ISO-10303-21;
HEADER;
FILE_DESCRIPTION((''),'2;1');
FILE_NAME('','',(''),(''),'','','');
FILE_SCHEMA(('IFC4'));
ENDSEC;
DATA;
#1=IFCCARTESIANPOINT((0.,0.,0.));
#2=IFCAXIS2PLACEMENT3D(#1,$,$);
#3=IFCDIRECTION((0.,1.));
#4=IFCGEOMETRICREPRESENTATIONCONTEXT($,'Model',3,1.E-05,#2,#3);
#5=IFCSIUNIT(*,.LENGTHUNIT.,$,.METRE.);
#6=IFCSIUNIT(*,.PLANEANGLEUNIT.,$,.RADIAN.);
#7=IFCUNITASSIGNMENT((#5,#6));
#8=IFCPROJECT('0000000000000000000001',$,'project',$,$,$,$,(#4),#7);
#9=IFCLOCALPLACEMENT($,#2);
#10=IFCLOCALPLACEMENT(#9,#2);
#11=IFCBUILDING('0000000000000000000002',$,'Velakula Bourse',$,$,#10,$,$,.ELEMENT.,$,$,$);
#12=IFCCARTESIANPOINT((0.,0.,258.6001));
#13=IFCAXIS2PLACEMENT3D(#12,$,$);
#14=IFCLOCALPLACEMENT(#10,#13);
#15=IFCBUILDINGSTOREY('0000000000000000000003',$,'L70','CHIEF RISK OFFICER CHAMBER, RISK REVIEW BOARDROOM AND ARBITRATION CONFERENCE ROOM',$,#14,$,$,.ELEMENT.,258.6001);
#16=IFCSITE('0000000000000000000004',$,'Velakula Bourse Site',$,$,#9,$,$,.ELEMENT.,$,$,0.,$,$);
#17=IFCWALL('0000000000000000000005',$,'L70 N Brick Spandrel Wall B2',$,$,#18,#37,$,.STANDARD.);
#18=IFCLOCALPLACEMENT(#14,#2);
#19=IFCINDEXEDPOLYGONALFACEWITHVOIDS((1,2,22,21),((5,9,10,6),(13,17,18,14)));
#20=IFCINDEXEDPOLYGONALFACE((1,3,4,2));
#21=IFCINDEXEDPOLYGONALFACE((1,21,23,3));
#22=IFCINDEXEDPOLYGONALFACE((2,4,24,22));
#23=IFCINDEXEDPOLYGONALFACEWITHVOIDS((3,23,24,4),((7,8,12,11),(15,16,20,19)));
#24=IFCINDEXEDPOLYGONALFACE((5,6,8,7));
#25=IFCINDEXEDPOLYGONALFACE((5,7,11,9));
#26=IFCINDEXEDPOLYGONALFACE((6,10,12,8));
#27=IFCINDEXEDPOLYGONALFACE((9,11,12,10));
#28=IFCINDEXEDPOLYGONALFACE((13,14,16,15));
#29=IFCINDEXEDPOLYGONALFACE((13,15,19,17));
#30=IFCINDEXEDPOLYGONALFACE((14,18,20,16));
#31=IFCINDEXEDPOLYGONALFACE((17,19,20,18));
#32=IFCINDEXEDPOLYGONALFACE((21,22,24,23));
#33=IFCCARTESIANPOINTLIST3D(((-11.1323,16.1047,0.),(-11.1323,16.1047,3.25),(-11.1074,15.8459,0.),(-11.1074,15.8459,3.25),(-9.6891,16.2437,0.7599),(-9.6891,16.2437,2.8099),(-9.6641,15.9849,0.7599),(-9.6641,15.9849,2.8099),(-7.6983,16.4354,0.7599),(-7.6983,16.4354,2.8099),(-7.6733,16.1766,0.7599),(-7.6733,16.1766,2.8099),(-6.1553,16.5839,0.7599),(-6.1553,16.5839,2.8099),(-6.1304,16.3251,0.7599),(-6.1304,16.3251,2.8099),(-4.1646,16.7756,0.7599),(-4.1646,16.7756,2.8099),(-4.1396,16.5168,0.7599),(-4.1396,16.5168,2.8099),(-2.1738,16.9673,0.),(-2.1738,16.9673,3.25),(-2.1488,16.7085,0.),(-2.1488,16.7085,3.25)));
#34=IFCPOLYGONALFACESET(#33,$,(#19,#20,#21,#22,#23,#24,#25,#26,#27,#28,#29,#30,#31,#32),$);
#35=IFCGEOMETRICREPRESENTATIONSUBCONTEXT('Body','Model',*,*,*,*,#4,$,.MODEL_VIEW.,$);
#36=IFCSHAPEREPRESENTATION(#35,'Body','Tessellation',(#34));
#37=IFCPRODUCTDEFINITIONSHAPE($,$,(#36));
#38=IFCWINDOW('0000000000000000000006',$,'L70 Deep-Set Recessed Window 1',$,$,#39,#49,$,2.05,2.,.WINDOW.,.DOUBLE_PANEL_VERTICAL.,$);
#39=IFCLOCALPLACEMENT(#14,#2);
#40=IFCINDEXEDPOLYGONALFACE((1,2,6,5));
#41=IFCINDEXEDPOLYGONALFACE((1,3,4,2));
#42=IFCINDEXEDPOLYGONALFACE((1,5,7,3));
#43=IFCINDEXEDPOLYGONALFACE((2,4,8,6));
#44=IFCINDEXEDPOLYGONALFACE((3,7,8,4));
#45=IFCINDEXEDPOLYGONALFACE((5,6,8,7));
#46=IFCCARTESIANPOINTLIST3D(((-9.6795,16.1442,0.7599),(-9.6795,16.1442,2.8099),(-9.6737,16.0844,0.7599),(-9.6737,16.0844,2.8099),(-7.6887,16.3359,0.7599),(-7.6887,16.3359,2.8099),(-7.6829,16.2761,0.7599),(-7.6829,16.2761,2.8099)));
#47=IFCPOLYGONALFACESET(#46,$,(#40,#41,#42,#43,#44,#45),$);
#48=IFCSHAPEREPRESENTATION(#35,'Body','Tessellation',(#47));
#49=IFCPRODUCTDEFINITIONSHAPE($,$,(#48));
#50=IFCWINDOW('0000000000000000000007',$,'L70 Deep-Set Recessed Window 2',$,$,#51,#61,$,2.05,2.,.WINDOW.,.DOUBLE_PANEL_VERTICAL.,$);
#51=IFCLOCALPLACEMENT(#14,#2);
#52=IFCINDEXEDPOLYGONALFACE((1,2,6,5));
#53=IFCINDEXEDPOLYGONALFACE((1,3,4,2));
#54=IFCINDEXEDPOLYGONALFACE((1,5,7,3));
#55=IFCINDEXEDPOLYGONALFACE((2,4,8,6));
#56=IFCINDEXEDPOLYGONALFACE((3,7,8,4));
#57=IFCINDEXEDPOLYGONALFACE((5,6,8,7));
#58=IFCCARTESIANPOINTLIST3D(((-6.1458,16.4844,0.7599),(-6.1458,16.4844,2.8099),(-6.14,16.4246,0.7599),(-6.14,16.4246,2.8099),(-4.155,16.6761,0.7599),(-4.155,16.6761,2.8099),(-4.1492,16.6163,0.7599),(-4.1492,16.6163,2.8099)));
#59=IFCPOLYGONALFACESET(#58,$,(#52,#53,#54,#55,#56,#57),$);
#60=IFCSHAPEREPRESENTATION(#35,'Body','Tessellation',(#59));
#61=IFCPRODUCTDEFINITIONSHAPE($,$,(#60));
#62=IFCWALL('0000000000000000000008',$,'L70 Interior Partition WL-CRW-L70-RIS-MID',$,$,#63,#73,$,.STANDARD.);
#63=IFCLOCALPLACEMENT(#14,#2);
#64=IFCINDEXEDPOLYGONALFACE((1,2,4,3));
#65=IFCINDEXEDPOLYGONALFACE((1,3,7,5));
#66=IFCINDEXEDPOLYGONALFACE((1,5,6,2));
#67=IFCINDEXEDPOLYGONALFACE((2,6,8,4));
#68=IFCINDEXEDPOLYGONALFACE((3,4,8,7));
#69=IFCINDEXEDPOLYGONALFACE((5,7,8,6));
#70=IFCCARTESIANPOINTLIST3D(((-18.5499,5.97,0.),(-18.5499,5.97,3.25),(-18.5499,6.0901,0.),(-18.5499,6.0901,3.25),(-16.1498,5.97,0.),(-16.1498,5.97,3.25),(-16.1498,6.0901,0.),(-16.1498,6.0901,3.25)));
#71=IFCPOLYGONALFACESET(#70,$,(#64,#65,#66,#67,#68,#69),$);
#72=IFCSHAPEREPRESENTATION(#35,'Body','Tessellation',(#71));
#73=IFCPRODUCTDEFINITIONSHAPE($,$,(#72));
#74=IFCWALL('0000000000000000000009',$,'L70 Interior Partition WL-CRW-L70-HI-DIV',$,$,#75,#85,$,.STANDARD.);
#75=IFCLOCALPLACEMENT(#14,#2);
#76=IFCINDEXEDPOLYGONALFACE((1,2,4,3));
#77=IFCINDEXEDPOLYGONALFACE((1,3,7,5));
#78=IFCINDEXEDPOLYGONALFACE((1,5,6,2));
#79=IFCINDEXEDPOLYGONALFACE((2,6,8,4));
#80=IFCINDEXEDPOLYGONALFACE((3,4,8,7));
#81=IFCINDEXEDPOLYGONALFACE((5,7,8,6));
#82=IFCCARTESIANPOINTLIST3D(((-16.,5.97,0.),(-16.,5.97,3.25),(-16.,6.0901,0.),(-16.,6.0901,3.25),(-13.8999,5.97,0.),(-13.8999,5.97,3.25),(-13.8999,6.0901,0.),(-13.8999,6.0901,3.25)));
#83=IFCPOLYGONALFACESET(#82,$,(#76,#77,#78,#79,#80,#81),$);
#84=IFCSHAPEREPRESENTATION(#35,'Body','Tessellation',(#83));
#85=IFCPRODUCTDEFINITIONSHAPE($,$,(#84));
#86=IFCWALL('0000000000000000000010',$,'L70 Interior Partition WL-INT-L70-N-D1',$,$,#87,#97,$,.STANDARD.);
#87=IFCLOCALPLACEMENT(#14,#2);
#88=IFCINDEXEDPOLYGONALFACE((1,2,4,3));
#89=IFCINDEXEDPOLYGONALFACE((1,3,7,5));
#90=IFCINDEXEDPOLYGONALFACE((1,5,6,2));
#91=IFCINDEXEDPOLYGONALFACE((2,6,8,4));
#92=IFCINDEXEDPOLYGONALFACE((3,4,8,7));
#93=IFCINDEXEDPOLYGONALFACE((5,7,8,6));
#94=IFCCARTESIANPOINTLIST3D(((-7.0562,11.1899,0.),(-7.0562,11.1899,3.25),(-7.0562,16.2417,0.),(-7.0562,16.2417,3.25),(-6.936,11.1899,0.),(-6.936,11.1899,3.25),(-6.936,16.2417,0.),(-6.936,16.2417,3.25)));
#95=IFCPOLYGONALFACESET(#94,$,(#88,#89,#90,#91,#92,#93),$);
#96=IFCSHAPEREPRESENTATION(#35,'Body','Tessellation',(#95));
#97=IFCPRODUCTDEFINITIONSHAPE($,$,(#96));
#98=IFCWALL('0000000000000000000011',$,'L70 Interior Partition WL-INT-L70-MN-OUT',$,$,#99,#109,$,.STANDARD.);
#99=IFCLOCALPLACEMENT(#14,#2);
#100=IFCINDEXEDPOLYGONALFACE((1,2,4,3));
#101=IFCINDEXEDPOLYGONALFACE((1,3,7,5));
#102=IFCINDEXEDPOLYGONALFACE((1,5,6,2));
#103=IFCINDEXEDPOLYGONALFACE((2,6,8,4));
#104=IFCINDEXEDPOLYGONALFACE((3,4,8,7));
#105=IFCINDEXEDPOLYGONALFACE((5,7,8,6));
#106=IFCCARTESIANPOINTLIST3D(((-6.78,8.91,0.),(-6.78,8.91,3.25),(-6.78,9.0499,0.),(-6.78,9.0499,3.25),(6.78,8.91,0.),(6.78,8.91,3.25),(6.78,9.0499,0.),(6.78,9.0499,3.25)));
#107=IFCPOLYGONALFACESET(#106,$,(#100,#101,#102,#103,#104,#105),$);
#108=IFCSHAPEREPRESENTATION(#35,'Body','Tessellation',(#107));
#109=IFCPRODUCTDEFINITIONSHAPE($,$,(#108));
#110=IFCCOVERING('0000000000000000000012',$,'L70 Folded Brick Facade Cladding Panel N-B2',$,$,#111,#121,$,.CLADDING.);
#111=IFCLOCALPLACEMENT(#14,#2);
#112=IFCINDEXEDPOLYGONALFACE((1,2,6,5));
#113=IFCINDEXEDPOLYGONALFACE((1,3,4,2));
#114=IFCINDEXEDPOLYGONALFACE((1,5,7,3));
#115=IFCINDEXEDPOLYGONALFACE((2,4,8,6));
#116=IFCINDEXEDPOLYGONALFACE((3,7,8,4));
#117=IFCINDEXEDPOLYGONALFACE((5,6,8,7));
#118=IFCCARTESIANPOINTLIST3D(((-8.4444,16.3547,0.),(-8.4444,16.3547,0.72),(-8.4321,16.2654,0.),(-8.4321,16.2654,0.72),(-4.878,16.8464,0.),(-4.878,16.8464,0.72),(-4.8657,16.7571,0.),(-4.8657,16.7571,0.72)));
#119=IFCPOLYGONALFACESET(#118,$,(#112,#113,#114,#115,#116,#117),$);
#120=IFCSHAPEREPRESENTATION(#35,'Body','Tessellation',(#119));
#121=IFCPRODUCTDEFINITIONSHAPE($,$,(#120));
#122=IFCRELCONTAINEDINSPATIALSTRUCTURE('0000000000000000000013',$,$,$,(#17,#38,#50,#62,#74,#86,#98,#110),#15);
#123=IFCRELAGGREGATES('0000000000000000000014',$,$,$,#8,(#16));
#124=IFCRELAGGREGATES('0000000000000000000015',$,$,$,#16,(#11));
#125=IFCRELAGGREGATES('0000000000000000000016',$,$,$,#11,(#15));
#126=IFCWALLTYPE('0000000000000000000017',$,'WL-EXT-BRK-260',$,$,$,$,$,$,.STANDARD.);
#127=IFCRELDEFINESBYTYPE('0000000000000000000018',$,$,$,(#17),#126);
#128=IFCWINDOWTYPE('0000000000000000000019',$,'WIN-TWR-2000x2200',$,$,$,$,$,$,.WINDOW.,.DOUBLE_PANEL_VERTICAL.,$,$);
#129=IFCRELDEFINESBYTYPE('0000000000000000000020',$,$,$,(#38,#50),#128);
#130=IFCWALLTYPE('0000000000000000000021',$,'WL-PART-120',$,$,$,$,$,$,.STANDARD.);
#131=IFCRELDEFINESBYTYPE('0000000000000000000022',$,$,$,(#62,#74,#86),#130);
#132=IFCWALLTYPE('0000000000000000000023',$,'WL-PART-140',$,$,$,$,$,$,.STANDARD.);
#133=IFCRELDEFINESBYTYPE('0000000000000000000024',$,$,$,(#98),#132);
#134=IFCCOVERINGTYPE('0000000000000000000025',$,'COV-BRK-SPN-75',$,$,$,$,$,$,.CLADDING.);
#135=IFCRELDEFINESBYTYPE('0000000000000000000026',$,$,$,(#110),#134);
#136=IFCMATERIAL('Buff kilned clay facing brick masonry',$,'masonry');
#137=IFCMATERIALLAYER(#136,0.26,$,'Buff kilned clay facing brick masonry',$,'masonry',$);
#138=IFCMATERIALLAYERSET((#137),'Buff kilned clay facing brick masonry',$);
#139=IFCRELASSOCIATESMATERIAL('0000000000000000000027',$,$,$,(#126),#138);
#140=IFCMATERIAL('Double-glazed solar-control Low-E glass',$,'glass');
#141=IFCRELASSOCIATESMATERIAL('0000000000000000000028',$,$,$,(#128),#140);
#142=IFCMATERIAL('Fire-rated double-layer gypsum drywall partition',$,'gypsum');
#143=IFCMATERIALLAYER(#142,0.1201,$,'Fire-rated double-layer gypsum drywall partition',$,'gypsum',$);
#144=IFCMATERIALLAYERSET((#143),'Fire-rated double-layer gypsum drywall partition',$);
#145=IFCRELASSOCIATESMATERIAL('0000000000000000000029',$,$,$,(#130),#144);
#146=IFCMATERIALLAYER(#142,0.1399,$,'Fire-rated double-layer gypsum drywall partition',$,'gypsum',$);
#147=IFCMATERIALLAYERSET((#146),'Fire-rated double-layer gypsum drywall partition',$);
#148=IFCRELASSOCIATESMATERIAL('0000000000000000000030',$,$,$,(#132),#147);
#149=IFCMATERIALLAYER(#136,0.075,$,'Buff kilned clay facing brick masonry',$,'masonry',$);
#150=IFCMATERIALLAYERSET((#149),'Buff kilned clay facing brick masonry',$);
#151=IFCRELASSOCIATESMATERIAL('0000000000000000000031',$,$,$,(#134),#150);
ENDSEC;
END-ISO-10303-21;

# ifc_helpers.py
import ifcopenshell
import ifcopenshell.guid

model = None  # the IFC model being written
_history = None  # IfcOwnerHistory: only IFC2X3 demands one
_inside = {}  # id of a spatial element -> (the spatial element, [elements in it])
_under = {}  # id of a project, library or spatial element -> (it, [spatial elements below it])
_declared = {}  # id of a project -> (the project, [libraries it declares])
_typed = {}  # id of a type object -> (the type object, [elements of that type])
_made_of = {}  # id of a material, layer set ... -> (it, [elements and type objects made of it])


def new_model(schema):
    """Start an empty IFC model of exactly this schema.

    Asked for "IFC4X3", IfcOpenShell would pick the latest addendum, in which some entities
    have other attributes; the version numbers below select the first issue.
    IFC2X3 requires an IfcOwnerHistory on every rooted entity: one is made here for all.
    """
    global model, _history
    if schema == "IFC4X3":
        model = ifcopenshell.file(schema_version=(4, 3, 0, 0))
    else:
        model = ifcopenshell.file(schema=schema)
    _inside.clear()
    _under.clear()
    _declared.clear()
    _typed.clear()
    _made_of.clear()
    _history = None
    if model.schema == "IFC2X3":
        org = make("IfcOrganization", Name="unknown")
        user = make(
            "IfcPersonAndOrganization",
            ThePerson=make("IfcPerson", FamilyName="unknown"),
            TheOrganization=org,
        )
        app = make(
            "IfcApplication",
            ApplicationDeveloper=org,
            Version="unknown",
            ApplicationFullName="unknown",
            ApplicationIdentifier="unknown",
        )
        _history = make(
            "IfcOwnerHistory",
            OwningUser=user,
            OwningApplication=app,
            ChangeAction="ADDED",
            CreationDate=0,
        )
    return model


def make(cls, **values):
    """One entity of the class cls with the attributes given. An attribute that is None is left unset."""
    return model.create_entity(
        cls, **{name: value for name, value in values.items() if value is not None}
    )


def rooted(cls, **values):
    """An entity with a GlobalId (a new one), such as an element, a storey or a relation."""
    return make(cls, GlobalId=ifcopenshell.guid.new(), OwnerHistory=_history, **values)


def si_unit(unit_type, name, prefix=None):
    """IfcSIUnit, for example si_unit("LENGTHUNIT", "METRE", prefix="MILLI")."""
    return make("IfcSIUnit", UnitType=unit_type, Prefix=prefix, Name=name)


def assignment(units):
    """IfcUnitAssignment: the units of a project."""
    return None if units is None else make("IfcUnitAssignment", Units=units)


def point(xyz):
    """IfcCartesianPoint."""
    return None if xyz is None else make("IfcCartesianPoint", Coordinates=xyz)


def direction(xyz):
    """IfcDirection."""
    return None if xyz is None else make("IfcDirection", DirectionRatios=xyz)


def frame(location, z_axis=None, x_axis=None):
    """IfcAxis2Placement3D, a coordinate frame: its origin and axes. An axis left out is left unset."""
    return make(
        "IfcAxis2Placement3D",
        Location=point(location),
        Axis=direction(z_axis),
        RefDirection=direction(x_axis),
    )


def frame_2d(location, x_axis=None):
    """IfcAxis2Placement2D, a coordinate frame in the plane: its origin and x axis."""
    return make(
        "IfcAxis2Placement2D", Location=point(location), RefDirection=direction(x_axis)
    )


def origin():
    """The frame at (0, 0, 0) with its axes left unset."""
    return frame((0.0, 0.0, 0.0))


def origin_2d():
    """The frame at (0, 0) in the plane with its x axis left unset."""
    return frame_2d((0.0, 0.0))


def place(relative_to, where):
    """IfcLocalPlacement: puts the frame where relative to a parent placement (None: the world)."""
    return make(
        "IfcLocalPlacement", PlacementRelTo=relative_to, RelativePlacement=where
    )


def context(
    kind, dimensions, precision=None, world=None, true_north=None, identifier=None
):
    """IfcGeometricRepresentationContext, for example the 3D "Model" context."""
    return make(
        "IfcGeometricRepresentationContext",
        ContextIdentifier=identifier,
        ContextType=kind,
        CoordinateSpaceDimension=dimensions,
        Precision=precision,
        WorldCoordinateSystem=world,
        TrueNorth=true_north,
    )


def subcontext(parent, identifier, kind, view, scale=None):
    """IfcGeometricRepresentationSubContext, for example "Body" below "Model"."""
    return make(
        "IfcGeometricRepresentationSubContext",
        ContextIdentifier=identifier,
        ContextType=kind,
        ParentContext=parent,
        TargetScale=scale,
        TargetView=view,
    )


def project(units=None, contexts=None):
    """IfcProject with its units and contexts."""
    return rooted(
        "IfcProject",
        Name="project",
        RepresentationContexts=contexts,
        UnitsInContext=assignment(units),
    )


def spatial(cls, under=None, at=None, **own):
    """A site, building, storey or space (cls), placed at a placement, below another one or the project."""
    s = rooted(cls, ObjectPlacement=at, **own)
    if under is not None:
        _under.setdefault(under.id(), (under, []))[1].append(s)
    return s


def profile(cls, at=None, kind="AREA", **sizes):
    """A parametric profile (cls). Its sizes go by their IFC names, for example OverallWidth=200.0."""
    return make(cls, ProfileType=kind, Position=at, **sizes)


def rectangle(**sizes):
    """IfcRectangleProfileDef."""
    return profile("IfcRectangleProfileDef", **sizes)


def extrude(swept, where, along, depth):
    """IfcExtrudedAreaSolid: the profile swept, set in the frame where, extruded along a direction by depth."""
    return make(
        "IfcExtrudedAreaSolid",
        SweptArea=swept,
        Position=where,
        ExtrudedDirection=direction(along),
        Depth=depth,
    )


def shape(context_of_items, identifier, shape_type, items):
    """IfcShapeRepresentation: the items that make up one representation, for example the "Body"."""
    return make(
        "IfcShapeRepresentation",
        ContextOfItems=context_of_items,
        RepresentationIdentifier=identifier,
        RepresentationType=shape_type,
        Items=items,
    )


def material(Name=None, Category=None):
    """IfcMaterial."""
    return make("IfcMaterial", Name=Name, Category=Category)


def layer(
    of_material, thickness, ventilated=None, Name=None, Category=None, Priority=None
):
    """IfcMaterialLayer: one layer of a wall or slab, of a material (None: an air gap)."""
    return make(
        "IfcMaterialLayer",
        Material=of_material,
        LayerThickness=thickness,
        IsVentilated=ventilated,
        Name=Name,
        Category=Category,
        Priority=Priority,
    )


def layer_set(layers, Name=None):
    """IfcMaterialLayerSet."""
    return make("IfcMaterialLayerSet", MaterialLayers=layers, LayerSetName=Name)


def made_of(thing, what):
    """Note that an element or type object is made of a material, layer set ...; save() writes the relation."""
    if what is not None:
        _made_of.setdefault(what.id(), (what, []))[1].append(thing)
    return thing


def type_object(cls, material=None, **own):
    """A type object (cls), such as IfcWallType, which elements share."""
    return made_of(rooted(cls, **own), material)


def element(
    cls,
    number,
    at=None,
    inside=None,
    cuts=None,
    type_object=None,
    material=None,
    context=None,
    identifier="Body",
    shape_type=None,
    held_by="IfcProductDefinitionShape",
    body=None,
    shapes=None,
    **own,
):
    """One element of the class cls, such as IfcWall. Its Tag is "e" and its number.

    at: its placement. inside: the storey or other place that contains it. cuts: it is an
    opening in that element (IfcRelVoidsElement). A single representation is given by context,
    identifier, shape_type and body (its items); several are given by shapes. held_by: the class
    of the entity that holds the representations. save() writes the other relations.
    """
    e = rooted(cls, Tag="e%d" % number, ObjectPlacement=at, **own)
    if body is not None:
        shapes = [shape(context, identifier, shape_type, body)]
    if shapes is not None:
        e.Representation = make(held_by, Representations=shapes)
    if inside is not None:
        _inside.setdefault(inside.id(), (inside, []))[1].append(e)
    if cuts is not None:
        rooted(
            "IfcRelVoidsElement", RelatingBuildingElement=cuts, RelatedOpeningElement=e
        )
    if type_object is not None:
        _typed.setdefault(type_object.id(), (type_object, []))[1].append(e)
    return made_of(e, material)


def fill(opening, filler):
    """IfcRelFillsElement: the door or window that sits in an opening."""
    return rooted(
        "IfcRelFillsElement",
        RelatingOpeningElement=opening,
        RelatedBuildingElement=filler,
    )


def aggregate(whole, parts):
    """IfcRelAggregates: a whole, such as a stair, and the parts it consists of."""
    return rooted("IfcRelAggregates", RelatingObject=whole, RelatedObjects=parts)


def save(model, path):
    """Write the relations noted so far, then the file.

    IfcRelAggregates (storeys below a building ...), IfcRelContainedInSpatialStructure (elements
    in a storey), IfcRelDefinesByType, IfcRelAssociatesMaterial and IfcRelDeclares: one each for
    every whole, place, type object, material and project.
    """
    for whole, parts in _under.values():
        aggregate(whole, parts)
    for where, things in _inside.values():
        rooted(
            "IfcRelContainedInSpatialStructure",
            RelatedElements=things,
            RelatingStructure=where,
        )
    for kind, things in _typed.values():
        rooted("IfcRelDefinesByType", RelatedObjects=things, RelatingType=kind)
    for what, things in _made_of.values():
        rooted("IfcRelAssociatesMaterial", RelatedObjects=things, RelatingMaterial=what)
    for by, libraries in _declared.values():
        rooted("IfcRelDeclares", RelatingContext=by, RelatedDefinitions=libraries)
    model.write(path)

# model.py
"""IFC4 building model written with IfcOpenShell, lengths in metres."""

from ifc_helpers import new_model, si_unit, direction, frame, frame_2d, origin, origin_2d, place, context, subcontext, project, spatial, rectangle, extrude, material, layer, layer_set, type_object, element, fill, save


model = new_model("IFC4")

# Units and contexts
model_context = context("Model", 3, precision=1e-05, world=origin(), true_north=direction((0.0, 1.0)))
body_context = subcontext(model_context, "Body", "Model", "MODEL_VIEW")
ifc_project = project(units=[si_unit("LENGTHUNIT", "METRE"), si_unit("PLANEANGLEUNIT", "RADIAN")], contexts=[model_context])

# Site, building, storey
site_placement = place(None, origin())
site = spatial("IfcSite", under=ifc_project, at=site_placement, Name="Velakula Bourse Site", CompositionType="ELEMENT", RefElevation=0.0)
building_placement = place(site_placement, origin())
building = spatial("IfcBuilding", under=site, at=building_placement, Name="Velakula Bourse", CompositionType="ELEMENT")
storey_placement = place(building_placement, frame((0.0, 0.0, 258.6001)))
storey = spatial("IfcBuildingStorey", under=building, at=storey_placement, Name="L70", Description="CHIEF RISK OFFICER CHAMBER, RISK REVIEW BOARDROOM AND ARBITRATION CONFERENCE ROOM", CompositionType="ELEMENT", Elevation=258.6001)

# Wall, openings, windows
ifc_material_1 = material(Name="Buff kilned clay facing brick masonry", Category="masonry")
ifc_layer_1 = layer(ifc_material_1, 0.26, Name="Buff kilned clay facing brick masonry", Category="masonry")
ifc_layer_set_1 = layer_set([ifc_layer_1], Name="Buff kilned clay facing brick masonry")
wall_type_1 = type_object("IfcWallType", Name="WL-EXT-BRK-260", PredefinedType="STANDARD", material=ifc_layer_set_1)
wall_1_placement = place(storey_placement, frame((-11.1199, 15.9753, 0.0), z_axis=(0.0, 0.0, 1.0), x_axis=(0.995397, 0.09584, 0.0)))
wall_1 = element("IfcWall", 1, at=wall_1_placement, inside=storey, type_object=wall_type_1, Name="L70 N Brick Spandrel Wall B2", PredefinedType="STANDARD", context=body_context, shape_type="SweptSolid", body=[
    extrude(rectangle(XDim=9.0, YDim=0.26, at=frame_2d((4.5, 0.0))), origin(), (0.0, 0.0, 1.0), 3.25),
])
opening_1_placement = place(wall_1_placement, frame((1.45, 0.0, 0.76)))
opening_1 = element("IfcOpeningElement", 2, at=opening_1_placement, cuts=wall_1, PredefinedType="OPENING", context=body_context, shape_type="SweptSolid", body=[
    extrude(rectangle(XDim=2.0, YDim=2.05, at=frame_2d((1.0, 1.0249))), frame((0.0, 0.1399, 0.0), z_axis=(0.0, -1.0, 0.0), x_axis=(1.0, 0.0, 0.0)), (0.0, 0.0, 1.0), 0.28),
])
opening_2_placement = place(wall_1_placement, frame((5.0, 0.0, 0.76)))
opening_2 = element("IfcOpeningElement", 3, at=opening_2_placement, cuts=wall_1, PredefinedType="OPENING", context=body_context, shape_type="SweptSolid", body=[
    extrude(rectangle(XDim=2.0, YDim=2.05, at=frame_2d((1.0, 1.0249))), frame((0.0, 0.1399, 0.0), z_axis=(0.0, -1.0, 0.0), x_axis=(1.0, 0.0, 0.0)), (0.0, 0.0, 1.0), 0.28),
])
ifc_material_2 = material(Name="Double-glazed solar-control Low-E glass", Category="glass")
window_type = type_object("IfcWindowType", Name="WIN-TWR-2000x2200", PartitioningType="DOUBLE_PANEL_VERTICAL", PredefinedType="WINDOW", material=ifc_material_2)
window_1_placement = place(opening_1_placement, origin())
window_1 = element("IfcWindow", 4, at=window_1_placement, inside=storey, type_object=window_type, Name="L70 Deep-Set Recessed Window 1", OverallHeight=2.05, OverallWidth=2.0, PartitioningType="DOUBLE_PANEL_VERTICAL", PredefinedType="WINDOW", context=body_context, shape_type="SweptSolid", body=[
    extrude(rectangle(XDim=2.0, YDim=2.05, at=frame_2d((1.0, 1.0249))), frame((0.0, 0.03, 0.0), z_axis=(0.0, -1.0, 0.0), x_axis=(1.0, 0.0, 0.0)), (0.0, 0.0, 1.0), 0.0601),
])
fill(opening_1, window_1)
window_2_placement = place(opening_2_placement, origin())
window_2 = element("IfcWindow", 5, at=window_2_placement, inside=storey, type_object=window_type, Name="L70 Deep-Set Recessed Window 2", OverallHeight=2.05, OverallWidth=2.0, PartitioningType="DOUBLE_PANEL_VERTICAL", PredefinedType="WINDOW", context=body_context, shape_type="SweptSolid", body=[
    extrude(rectangle(XDim=2.0, YDim=2.05, at=frame_2d((1.0, 1.0249))), frame((0.0, 0.03, 0.0), z_axis=(0.0, -1.0, 0.0), x_axis=(1.0, 0.0, 0.0)), (0.0, 0.0, 1.0), 0.0601),
])
fill(opening_2, window_2)

# Walls
ifc_material_3 = material(Name="Fire-rated double-layer gypsum drywall partition", Category="gypsum")
ifc_layer_2 = layer(ifc_material_3, 0.1201, Name="Fire-rated double-layer gypsum drywall partition", Category="gypsum")
ifc_layer_set_2 = layer_set([ifc_layer_2], Name="Fire-rated double-layer gypsum drywall partition")
wall_type_2 = type_object("IfcWallType", Name="WL-PART-120", PredefinedType="STANDARD", material=ifc_layer_set_2)
wall_2_placement = place(storey_placement, frame((-18.55, 6.03, 0.0), z_axis=(0.0, 0.0, 1.0), x_axis=(1.0, 0.0, 0.0)))
element("IfcWall", 6, at=wall_2_placement, inside=storey, type_object=wall_type_2, Name="L70 Interior Partition WL-CRW-L70-RIS-MID", PredefinedType="STANDARD", context=body_context, shape_type="SweptSolid", body=[
    extrude(rectangle(XDim=2.4001, YDim=0.1201, at=frame_2d((1.2002, 0.0))), origin(), (0.0, 0.0, 1.0), 3.25),
])
wall_3_placement = place(storey_placement, frame((-16.0, 6.03, 0.0), z_axis=(0.0, 0.0, 1.0), x_axis=(1.0, 0.0, 0.0)))
element("IfcWall", 7, at=wall_3_placement, inside=storey, type_object=wall_type_2, Name="L70 Interior Partition WL-CRW-L70-HI-DIV", PredefinedType="STANDARD", context=body_context, shape_type="SweptSolid", body=[
    extrude(rectangle(XDim=2.1001, YDim=0.1201, at=frame_2d((1.05, 0.0))), origin(), (0.0, 0.0, 1.0), 3.25),
])
wall_4_placement = place(storey_placement, frame((-6.9961, 11.1899, 0.0), z_axis=(0.0, 0.0, 1.0), x_axis=(0.0, 1.0, 0.0)))
element("IfcWall", 8, at=wall_4_placement, inside=storey, type_object=wall_type_2, Name="L70 Interior Partition WL-INT-L70-N-D1", PredefinedType="STANDARD", context=body_context, shape_type="SweptSolid", body=[
    extrude(rectangle(XDim=5.0518, YDim=0.1201, at=frame_2d((2.5259, 0.0))), origin(), (0.0, 0.0, 1.0), 3.25),
])
ifc_layer_3 = layer(ifc_material_3, 0.1399, Name="Fire-rated double-layer gypsum drywall partition", Category="gypsum")
ifc_layer_set_3 = layer_set([ifc_layer_3], Name="Fire-rated double-layer gypsum drywall partition")
wall_type_3 = type_object("IfcWallType", Name="WL-PART-140", PredefinedType="STANDARD", material=ifc_layer_set_3)
wall_5_placement = place(storey_placement, frame((-6.78, 8.98, 0.0), z_axis=(0.0, 0.0, 1.0), x_axis=(1.0, 0.0, 0.0)))
element("IfcWall", 9, at=wall_5_placement, inside=storey, type_object=wall_type_3, Name="L70 Interior Partition WL-INT-L70-MN-OUT", PredefinedType="STANDARD", context=body_context, shape_type="SweptSolid", body=[
    extrude(rectangle(XDim=13.5601, YDim=0.1399, at=frame_2d((6.78, 0.0))), origin(), (0.0, 0.0, 1.0), 3.25),
])

# Covering
ifc_layer_4 = layer(ifc_material_1, 0.075, Name="Buff kilned clay facing brick masonry", Category="masonry")
ifc_layer_set_4 = layer_set([ifc_layer_4], Name="Buff kilned clay facing brick masonry")
covering_type = type_object("IfcCoveringType", Name="COV-BRK-SPN-75", PredefinedType="CLADDING", material=ifc_layer_set_4)
covering_placement = place(storey_placement, frame((-6.655, 16.5559, 0.0), z_axis=(0.0, 0.0, 1.0), x_axis=(0.990629, 0.13658, 0.0)))
element("IfcCovering", 10, at=covering_placement, inside=storey, type_object=covering_type, Name="L70 Folded Brick Facade Cladding Panel N-B2", PredefinedType="CLADDING", context=body_context, shape_type="SweptSolid", body=[
    extrude(rectangle(XDim=3.6001, YDim=0.0901, at=origin_2d()), origin(), (0.0, 0.0, 1.0), 0.72),
])

save(model, "model.ifc")
